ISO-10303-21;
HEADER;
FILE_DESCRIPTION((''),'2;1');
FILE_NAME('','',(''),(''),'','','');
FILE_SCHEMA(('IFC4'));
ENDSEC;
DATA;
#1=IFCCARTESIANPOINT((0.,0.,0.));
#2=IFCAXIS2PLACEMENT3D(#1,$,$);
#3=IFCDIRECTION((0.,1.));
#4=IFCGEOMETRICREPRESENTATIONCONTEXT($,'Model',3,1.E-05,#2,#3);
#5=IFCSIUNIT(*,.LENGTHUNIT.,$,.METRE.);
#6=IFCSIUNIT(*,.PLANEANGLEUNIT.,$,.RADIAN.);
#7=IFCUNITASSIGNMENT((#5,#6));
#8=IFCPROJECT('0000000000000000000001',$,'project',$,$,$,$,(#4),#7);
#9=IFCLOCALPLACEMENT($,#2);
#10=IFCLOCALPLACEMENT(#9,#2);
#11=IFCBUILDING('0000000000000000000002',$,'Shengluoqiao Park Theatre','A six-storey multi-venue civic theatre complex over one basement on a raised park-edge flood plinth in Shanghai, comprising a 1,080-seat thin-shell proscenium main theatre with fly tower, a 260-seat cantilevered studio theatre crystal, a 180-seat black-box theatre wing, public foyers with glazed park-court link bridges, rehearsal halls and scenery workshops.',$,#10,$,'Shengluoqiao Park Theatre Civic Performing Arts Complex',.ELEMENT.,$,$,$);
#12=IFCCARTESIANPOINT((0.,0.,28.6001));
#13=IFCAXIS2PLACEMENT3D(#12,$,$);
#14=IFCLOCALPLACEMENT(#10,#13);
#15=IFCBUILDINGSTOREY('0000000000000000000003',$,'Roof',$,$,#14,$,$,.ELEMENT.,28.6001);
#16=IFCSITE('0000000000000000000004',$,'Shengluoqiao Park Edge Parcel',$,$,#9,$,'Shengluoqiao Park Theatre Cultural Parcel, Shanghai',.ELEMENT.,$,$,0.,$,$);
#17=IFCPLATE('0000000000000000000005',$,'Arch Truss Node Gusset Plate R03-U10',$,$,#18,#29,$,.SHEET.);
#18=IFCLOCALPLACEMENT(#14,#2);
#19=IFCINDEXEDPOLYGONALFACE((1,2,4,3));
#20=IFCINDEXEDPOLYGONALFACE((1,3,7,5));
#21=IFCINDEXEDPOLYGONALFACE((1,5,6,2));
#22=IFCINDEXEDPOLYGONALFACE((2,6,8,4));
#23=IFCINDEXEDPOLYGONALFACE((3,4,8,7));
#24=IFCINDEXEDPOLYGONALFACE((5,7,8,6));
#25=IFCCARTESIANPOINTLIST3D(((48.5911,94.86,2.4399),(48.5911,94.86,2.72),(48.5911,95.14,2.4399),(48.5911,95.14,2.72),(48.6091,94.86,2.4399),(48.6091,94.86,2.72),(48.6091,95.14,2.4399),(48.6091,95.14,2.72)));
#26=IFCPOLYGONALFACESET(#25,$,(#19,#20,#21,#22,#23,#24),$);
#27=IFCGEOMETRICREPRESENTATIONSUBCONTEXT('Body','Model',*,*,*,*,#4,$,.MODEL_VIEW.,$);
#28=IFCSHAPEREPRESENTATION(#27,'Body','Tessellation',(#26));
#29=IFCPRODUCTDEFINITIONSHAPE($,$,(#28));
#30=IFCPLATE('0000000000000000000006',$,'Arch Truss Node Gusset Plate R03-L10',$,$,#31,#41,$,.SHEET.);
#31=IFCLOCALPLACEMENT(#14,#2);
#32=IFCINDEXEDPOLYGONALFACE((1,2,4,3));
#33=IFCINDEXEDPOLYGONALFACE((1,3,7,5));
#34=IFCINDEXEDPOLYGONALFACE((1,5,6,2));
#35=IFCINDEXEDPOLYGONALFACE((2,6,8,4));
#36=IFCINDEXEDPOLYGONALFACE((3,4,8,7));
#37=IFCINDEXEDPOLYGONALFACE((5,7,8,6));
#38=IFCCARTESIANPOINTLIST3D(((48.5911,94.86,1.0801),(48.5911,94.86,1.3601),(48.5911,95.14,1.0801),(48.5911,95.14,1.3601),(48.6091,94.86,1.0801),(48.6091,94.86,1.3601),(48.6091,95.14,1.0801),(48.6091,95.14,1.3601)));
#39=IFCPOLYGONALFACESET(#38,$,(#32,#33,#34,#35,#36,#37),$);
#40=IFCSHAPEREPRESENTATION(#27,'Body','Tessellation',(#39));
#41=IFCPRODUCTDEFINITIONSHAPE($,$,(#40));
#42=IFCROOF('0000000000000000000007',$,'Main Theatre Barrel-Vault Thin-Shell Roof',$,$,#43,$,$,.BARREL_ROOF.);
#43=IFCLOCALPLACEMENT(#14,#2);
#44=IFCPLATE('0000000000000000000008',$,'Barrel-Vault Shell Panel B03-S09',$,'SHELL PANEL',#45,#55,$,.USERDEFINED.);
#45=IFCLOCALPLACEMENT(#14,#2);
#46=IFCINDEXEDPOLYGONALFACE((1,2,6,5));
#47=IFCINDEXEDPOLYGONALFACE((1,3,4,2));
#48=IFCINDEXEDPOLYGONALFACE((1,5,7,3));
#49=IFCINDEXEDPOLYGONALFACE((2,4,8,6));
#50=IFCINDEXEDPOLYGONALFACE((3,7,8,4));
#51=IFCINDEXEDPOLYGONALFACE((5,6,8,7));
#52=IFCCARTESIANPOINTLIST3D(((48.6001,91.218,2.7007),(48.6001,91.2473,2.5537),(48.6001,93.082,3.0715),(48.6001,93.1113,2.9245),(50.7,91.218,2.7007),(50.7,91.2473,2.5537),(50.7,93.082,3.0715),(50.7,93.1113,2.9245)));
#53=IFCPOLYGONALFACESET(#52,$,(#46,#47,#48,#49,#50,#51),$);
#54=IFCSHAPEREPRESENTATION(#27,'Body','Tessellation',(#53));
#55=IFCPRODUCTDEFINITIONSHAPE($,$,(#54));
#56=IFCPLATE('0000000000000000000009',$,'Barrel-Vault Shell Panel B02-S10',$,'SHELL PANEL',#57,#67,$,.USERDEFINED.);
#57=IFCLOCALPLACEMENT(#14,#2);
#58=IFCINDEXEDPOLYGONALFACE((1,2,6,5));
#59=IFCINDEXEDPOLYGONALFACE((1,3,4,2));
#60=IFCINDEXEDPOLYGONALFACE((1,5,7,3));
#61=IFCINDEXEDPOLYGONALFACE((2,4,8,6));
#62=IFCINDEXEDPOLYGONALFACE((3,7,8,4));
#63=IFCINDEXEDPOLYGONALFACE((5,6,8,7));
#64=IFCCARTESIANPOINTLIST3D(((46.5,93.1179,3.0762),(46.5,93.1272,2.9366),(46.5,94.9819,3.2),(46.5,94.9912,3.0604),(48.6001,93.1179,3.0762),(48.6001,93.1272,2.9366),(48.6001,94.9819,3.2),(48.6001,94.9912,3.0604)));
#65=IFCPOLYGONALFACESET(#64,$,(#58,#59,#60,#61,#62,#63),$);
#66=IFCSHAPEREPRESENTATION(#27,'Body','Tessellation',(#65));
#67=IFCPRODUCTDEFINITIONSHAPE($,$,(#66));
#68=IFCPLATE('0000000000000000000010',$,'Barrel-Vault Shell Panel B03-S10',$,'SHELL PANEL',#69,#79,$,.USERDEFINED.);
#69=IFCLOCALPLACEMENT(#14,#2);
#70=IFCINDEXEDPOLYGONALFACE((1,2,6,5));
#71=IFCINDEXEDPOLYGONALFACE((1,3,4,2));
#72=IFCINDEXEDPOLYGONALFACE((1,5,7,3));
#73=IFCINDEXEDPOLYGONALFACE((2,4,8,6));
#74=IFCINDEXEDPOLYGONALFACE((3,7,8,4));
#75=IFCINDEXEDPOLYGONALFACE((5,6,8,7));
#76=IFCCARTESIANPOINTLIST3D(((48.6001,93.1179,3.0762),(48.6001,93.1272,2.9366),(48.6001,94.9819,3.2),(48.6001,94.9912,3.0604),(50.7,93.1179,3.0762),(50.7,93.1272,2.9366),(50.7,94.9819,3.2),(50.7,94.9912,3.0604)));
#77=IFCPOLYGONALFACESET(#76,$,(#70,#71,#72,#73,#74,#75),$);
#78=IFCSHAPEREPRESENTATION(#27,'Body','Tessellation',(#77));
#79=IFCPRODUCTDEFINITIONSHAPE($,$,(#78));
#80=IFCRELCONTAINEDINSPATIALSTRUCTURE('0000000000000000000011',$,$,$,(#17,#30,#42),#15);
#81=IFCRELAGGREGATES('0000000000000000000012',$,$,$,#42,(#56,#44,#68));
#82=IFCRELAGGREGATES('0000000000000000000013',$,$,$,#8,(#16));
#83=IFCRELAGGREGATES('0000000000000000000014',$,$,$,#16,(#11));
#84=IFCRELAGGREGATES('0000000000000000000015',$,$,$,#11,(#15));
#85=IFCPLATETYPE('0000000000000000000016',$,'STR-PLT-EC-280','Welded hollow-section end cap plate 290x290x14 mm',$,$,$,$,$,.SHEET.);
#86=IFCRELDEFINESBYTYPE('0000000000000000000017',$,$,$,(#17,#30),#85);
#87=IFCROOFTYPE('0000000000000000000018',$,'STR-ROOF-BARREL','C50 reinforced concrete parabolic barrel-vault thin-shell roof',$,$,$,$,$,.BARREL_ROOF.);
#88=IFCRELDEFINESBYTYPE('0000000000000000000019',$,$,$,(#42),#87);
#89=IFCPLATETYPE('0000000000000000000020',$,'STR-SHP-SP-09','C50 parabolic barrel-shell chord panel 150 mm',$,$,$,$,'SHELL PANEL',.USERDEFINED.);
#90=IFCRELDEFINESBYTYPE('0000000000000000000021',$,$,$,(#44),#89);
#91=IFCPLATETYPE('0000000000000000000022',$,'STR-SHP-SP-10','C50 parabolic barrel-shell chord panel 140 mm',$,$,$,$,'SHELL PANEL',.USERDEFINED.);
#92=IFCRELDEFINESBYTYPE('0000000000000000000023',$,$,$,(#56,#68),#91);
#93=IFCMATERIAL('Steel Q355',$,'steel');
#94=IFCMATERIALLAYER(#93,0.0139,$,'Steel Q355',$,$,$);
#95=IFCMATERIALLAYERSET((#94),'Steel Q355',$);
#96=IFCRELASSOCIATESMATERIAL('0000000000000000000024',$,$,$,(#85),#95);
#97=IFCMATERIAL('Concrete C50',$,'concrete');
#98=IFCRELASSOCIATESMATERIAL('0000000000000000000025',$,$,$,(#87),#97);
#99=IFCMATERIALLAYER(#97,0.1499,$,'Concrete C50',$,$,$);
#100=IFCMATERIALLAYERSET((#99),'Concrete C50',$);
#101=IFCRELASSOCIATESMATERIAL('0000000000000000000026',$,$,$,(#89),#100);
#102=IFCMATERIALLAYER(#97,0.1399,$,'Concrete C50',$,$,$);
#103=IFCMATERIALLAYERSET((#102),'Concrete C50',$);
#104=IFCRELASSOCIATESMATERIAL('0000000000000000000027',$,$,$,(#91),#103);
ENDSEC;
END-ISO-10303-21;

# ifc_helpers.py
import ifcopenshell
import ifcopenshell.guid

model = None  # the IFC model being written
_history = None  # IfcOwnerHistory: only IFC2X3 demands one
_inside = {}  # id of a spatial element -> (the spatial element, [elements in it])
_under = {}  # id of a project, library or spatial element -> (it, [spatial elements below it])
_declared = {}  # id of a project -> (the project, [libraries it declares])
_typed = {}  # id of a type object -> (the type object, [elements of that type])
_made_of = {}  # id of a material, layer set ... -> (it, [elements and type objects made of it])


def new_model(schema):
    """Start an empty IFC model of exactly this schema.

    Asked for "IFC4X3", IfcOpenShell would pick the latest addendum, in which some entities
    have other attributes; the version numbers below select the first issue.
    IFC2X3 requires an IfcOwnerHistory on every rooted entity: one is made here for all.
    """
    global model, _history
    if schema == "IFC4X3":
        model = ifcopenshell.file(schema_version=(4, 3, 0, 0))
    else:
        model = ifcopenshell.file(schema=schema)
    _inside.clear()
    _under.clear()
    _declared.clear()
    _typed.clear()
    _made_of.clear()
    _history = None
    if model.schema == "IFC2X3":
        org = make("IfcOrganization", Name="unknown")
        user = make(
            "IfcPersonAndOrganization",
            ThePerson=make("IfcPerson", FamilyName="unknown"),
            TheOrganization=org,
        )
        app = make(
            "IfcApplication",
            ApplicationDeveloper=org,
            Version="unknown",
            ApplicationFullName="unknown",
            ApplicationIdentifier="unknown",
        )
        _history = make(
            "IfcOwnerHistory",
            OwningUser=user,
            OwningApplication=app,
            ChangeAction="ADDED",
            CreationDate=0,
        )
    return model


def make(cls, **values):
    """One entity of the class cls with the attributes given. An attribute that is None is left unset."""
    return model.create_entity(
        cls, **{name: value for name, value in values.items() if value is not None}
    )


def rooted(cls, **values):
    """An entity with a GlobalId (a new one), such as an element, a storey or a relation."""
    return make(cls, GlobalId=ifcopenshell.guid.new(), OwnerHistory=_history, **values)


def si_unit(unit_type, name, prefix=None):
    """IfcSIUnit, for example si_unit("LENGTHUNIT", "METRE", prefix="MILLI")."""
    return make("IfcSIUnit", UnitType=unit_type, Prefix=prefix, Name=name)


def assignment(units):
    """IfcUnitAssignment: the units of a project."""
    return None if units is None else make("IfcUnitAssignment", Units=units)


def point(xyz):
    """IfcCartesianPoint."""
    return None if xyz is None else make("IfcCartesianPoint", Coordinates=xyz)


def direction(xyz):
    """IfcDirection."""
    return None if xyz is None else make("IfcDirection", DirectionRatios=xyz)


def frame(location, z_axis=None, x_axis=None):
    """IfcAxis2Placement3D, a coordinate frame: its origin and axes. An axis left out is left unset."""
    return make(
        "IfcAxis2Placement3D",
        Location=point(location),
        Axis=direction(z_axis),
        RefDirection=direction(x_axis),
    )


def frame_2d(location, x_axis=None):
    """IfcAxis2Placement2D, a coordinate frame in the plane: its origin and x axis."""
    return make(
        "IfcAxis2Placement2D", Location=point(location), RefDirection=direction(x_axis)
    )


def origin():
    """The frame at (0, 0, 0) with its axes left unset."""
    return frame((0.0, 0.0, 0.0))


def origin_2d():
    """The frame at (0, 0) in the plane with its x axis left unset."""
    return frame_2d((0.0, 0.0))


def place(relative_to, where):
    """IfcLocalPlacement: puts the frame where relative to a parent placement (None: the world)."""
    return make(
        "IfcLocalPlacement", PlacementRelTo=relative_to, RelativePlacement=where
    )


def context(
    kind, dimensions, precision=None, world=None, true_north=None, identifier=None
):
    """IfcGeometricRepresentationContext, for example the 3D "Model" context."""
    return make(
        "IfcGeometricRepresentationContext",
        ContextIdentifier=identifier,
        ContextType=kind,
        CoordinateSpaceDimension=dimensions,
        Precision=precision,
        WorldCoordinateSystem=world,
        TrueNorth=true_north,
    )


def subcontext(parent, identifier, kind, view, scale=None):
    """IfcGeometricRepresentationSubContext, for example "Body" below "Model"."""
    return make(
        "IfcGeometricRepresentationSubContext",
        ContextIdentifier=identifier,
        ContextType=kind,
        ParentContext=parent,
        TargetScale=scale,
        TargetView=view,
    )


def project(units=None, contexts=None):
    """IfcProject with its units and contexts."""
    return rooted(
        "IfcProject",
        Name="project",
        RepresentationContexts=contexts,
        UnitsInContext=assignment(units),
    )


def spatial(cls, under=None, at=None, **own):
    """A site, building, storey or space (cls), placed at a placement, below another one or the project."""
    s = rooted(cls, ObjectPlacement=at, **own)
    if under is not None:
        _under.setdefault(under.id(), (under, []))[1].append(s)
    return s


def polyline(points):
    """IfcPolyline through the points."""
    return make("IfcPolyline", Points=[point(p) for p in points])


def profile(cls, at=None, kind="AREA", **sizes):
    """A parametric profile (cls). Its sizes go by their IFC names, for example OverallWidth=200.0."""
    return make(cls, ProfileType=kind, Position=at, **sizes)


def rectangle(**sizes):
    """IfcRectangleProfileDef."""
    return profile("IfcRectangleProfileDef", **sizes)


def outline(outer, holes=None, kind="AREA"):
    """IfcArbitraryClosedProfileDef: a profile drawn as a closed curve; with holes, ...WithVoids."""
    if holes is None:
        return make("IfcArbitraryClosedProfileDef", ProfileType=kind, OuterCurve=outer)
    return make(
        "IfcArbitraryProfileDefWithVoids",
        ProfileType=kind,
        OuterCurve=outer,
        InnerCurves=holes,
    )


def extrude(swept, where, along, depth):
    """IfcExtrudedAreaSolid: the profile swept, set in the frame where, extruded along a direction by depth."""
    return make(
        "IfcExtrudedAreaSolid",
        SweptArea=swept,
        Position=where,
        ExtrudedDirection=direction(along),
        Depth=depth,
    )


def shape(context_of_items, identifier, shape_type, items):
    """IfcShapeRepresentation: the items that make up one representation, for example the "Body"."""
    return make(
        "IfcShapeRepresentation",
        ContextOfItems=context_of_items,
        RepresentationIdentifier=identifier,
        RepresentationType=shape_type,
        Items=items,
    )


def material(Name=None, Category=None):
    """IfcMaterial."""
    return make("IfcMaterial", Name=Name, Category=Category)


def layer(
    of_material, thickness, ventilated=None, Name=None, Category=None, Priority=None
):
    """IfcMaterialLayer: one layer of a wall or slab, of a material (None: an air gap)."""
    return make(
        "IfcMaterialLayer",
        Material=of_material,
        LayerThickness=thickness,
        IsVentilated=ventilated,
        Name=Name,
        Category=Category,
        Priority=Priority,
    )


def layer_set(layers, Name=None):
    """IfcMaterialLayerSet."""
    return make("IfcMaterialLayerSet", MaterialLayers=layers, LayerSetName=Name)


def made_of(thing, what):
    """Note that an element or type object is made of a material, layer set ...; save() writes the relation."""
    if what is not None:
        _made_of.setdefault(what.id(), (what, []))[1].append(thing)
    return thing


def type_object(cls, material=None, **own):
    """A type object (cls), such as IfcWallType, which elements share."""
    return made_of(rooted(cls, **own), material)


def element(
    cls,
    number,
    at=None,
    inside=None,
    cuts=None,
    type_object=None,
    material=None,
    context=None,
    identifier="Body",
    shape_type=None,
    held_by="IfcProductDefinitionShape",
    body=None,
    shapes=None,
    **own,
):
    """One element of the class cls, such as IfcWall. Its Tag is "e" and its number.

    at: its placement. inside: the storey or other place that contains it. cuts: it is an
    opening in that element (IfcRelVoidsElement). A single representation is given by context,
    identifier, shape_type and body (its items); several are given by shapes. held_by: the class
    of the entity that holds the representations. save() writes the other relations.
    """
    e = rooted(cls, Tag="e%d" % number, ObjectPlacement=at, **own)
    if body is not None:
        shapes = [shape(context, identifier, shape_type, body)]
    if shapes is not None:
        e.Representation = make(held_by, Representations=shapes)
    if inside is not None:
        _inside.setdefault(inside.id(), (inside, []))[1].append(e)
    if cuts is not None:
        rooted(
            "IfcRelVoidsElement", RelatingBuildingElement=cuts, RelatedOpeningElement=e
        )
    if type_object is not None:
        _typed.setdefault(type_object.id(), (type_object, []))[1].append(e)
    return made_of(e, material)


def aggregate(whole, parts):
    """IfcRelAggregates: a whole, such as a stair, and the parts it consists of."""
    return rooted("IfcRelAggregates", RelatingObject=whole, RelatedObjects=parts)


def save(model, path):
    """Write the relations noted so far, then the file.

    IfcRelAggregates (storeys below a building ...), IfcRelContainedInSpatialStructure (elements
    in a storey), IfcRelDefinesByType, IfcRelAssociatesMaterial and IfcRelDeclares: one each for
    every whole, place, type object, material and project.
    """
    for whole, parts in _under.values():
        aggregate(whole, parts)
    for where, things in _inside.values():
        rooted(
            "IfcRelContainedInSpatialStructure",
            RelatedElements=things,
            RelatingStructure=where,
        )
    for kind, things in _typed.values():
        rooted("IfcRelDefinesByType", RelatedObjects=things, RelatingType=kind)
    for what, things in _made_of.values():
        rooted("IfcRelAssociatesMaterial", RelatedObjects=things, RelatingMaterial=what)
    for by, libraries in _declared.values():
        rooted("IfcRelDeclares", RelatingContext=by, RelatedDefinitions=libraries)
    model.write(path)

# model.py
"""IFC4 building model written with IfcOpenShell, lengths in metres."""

from ifc_helpers import new_model, si_unit, direction, frame, origin, origin_2d, place, context, subcontext, project, spatial, polyline, rectangle, outline, extrude, material, layer, layer_set, type_object, element, aggregate, save


model = new_model("IFC4")

# Units and contexts
model_context = context("Model", 3, precision=1e-05, world=origin(), true_north=direction((0.0, 1.0)))
body_context = subcontext(model_context, "Body", "Model", "MODEL_VIEW")
ifc_project = project(units=[si_unit("LENGTHUNIT", "METRE"), si_unit("PLANEANGLEUNIT", "RADIAN")], contexts=[model_context])

# Site, building, storey
site_placement = place(None, origin())
site = spatial("IfcSite", under=ifc_project, at=site_placement, Name="Shengluoqiao Park Edge Parcel", LongName="Shengluoqiao Park Theatre Cultural Parcel, Shanghai", CompositionType="ELEMENT", RefElevation=0.0)
building_placement = place(site_placement, origin())
building = spatial("IfcBuilding", under=site, at=building_placement, Name="Shengluoqiao Park Theatre", Description="A six-storey multi-venue civic theatre complex over one basement on a raised park-edge flood plinth in Shanghai, comprising a 1,080-seat thin-shell proscenium main theatre with fly tower, a 260-seat cantilevered studio theatre crystal, a 180-seat black-box theatre wing, public foyers with glazed park-court link bridges, rehearsal halls and scenery workshops.", LongName="Shengluoqiao Park Theatre Civic Performing Arts Complex", CompositionType="ELEMENT")
storey_placement = place(building_placement, frame((0.0, 0.0, 28.6001)))
storey = spatial("IfcBuildingStorey", under=building, at=storey_placement, Name="Roof", CompositionType="ELEMENT", Elevation=28.6001)

# Shared definitions
ifc_material_1 = material(Name="Concrete C50", Category="concrete")
ifc_material_2 = material(Name="Steel Q355", Category="steel")

# Plates
ifc_layer_1 = layer(ifc_material_2, 0.0139, Name="Steel Q355")
ifc_layer_set_1 = layer_set([ifc_layer_1], Name="Steel Q355")
plate_type_1 = type_object("IfcPlateType", Name="STR-PLT-EC-280", Description="Welded hollow-section end cap plate 290x290x14 mm", PredefinedType="SHEET", material=ifc_layer_set_1)
for number, where, z_axis, x_axis, name in (
    (1, (48.6001, 95.0, 2.4399), (0.0, 0.0, 1.0), (1.0, 0.0, 0.0), "Arch Truss Node Gusset Plate R03-U10"),
    (2, (48.6001, 95.0, 1.0801), (0.0, 0.0, 1.0), (1.0, 0.0, 0.0), "Arch Truss Node Gusset Plate R03-L10"),
):
    element("IfcPlate", number, at=place(storey_placement, frame(where, z_axis=z_axis, x_axis=x_axis)), inside=storey, type_object=plate_type_1, Name=name, PredefinedType="SHEET", context=body_context, shape_type="SweptSolid", body=[
        extrude(rectangle(XDim=0.0181, YDim=0.28, at=origin_2d()), origin(), (0.0, 0.0, 1.0), 0.28),
    ])

# Roof, plates
roof_type = type_object("IfcRoofType", Name="STR-ROOF-BARREL", Description="C50 reinforced concrete parabolic barrel-vault thin-shell roof", PredefinedType="BARREL_ROOF", material=ifc_material_1)
roof_placement = place(storey_placement, origin())
roof = element("IfcRoof", 3, at=roof_placement, inside=storey, type_object=roof_type, Name="Main Theatre Barrel-Vault Thin-Shell Roof", PredefinedType="BARREL_ROOF")
ifc_layer_2 = layer(ifc_material_1, 0.1499, Name="Concrete C50")
ifc_layer_set_2 = layer_set([ifc_layer_2], Name="Concrete C50")
plate_type_2 = type_object("IfcPlateType", Name="STR-SHP-SP-09", Description="C50 parabolic barrel-shell chord panel 150 mm", ElementType="SHELL PANEL", PredefinedType="USERDEFINED", material=ifc_layer_set_2)
plate_1_placement = place(storey_placement, frame((48.6001, 91.218, 2.7007), z_axis=(0.0, -0.195128, 0.980778), x_axis=(1.0, 0.0, 0.0)))
plate_1 = element("IfcPlate", 4, at=plate_1_placement, type_object=plate_type_2, Name="Barrel-Vault Shell Panel B03-S09", ObjectType="SHELL PANEL", PredefinedType="USERDEFINED", context=body_context, shape_type="SweptSolid", body=[
    extrude(outline(polyline([(0.0, 0.0), (2.0999, 0.0), (2.0999, 1.9005), (0.0, 1.9005), (0.0, 0.0)])), origin(), (0.0, 0.0, -1.0), 0.1499),
])
ifc_layer_3 = layer(ifc_material_1, 0.1399, Name="Concrete C50")
ifc_layer_set_3 = layer_set([ifc_layer_3], Name="Concrete C50")
plate_type_3 = type_object("IfcPlateType", Name="STR-SHP-SP-10", Description="C50 parabolic barrel-shell chord panel 140 mm", ElementType="SHELL PANEL", PredefinedType="USERDEFINED", material=ifc_layer_set_3)
plate_2_placement = place(storey_placement, frame((46.5, 93.1179, 3.0762), z_axis=(0.0, -0.066259, 0.997802), x_axis=(1.0, 0.0, 0.0)))
plate_2 = element("IfcPlate", 5, at=plate_2_placement, type_object=plate_type_3, Name="Barrel-Vault Shell Panel B02-S10", ObjectType="SHELL PANEL", PredefinedType="USERDEFINED", context=body_context, shape_type="SweptSolid", body=[
    extrude(outline(polyline([(0.0, 0.0), (2.1001, 0.0), (2.1001, 1.8681), (0.0, 1.8681), (0.0, 0.0)])), origin(), (0.0, 0.0, -1.0), 0.1399),
])
plate_3_placement = place(storey_placement, frame((48.6001, 93.1179, 3.0762), z_axis=(0.0, -0.066259, 0.997802), x_axis=(1.0, 0.0, 0.0)))
plate_3 = element("IfcPlate", 6, at=plate_3_placement, type_object=plate_type_3, Name="Barrel-Vault Shell Panel B03-S10", ObjectType="SHELL PANEL", PredefinedType="USERDEFINED", context=body_context, shape_type="SweptSolid", body=[
    extrude(outline(polyline([(0.0, 0.0), (2.0999, 0.0), (2.0999, 1.8681), (0.0, 1.8681), (0.0, 0.0)])), origin(), (0.0, 0.0, -1.0), 0.1399),
])
aggregate(roof, [plate_2, plate_1, plate_3])

save(model, "model.ifc")
